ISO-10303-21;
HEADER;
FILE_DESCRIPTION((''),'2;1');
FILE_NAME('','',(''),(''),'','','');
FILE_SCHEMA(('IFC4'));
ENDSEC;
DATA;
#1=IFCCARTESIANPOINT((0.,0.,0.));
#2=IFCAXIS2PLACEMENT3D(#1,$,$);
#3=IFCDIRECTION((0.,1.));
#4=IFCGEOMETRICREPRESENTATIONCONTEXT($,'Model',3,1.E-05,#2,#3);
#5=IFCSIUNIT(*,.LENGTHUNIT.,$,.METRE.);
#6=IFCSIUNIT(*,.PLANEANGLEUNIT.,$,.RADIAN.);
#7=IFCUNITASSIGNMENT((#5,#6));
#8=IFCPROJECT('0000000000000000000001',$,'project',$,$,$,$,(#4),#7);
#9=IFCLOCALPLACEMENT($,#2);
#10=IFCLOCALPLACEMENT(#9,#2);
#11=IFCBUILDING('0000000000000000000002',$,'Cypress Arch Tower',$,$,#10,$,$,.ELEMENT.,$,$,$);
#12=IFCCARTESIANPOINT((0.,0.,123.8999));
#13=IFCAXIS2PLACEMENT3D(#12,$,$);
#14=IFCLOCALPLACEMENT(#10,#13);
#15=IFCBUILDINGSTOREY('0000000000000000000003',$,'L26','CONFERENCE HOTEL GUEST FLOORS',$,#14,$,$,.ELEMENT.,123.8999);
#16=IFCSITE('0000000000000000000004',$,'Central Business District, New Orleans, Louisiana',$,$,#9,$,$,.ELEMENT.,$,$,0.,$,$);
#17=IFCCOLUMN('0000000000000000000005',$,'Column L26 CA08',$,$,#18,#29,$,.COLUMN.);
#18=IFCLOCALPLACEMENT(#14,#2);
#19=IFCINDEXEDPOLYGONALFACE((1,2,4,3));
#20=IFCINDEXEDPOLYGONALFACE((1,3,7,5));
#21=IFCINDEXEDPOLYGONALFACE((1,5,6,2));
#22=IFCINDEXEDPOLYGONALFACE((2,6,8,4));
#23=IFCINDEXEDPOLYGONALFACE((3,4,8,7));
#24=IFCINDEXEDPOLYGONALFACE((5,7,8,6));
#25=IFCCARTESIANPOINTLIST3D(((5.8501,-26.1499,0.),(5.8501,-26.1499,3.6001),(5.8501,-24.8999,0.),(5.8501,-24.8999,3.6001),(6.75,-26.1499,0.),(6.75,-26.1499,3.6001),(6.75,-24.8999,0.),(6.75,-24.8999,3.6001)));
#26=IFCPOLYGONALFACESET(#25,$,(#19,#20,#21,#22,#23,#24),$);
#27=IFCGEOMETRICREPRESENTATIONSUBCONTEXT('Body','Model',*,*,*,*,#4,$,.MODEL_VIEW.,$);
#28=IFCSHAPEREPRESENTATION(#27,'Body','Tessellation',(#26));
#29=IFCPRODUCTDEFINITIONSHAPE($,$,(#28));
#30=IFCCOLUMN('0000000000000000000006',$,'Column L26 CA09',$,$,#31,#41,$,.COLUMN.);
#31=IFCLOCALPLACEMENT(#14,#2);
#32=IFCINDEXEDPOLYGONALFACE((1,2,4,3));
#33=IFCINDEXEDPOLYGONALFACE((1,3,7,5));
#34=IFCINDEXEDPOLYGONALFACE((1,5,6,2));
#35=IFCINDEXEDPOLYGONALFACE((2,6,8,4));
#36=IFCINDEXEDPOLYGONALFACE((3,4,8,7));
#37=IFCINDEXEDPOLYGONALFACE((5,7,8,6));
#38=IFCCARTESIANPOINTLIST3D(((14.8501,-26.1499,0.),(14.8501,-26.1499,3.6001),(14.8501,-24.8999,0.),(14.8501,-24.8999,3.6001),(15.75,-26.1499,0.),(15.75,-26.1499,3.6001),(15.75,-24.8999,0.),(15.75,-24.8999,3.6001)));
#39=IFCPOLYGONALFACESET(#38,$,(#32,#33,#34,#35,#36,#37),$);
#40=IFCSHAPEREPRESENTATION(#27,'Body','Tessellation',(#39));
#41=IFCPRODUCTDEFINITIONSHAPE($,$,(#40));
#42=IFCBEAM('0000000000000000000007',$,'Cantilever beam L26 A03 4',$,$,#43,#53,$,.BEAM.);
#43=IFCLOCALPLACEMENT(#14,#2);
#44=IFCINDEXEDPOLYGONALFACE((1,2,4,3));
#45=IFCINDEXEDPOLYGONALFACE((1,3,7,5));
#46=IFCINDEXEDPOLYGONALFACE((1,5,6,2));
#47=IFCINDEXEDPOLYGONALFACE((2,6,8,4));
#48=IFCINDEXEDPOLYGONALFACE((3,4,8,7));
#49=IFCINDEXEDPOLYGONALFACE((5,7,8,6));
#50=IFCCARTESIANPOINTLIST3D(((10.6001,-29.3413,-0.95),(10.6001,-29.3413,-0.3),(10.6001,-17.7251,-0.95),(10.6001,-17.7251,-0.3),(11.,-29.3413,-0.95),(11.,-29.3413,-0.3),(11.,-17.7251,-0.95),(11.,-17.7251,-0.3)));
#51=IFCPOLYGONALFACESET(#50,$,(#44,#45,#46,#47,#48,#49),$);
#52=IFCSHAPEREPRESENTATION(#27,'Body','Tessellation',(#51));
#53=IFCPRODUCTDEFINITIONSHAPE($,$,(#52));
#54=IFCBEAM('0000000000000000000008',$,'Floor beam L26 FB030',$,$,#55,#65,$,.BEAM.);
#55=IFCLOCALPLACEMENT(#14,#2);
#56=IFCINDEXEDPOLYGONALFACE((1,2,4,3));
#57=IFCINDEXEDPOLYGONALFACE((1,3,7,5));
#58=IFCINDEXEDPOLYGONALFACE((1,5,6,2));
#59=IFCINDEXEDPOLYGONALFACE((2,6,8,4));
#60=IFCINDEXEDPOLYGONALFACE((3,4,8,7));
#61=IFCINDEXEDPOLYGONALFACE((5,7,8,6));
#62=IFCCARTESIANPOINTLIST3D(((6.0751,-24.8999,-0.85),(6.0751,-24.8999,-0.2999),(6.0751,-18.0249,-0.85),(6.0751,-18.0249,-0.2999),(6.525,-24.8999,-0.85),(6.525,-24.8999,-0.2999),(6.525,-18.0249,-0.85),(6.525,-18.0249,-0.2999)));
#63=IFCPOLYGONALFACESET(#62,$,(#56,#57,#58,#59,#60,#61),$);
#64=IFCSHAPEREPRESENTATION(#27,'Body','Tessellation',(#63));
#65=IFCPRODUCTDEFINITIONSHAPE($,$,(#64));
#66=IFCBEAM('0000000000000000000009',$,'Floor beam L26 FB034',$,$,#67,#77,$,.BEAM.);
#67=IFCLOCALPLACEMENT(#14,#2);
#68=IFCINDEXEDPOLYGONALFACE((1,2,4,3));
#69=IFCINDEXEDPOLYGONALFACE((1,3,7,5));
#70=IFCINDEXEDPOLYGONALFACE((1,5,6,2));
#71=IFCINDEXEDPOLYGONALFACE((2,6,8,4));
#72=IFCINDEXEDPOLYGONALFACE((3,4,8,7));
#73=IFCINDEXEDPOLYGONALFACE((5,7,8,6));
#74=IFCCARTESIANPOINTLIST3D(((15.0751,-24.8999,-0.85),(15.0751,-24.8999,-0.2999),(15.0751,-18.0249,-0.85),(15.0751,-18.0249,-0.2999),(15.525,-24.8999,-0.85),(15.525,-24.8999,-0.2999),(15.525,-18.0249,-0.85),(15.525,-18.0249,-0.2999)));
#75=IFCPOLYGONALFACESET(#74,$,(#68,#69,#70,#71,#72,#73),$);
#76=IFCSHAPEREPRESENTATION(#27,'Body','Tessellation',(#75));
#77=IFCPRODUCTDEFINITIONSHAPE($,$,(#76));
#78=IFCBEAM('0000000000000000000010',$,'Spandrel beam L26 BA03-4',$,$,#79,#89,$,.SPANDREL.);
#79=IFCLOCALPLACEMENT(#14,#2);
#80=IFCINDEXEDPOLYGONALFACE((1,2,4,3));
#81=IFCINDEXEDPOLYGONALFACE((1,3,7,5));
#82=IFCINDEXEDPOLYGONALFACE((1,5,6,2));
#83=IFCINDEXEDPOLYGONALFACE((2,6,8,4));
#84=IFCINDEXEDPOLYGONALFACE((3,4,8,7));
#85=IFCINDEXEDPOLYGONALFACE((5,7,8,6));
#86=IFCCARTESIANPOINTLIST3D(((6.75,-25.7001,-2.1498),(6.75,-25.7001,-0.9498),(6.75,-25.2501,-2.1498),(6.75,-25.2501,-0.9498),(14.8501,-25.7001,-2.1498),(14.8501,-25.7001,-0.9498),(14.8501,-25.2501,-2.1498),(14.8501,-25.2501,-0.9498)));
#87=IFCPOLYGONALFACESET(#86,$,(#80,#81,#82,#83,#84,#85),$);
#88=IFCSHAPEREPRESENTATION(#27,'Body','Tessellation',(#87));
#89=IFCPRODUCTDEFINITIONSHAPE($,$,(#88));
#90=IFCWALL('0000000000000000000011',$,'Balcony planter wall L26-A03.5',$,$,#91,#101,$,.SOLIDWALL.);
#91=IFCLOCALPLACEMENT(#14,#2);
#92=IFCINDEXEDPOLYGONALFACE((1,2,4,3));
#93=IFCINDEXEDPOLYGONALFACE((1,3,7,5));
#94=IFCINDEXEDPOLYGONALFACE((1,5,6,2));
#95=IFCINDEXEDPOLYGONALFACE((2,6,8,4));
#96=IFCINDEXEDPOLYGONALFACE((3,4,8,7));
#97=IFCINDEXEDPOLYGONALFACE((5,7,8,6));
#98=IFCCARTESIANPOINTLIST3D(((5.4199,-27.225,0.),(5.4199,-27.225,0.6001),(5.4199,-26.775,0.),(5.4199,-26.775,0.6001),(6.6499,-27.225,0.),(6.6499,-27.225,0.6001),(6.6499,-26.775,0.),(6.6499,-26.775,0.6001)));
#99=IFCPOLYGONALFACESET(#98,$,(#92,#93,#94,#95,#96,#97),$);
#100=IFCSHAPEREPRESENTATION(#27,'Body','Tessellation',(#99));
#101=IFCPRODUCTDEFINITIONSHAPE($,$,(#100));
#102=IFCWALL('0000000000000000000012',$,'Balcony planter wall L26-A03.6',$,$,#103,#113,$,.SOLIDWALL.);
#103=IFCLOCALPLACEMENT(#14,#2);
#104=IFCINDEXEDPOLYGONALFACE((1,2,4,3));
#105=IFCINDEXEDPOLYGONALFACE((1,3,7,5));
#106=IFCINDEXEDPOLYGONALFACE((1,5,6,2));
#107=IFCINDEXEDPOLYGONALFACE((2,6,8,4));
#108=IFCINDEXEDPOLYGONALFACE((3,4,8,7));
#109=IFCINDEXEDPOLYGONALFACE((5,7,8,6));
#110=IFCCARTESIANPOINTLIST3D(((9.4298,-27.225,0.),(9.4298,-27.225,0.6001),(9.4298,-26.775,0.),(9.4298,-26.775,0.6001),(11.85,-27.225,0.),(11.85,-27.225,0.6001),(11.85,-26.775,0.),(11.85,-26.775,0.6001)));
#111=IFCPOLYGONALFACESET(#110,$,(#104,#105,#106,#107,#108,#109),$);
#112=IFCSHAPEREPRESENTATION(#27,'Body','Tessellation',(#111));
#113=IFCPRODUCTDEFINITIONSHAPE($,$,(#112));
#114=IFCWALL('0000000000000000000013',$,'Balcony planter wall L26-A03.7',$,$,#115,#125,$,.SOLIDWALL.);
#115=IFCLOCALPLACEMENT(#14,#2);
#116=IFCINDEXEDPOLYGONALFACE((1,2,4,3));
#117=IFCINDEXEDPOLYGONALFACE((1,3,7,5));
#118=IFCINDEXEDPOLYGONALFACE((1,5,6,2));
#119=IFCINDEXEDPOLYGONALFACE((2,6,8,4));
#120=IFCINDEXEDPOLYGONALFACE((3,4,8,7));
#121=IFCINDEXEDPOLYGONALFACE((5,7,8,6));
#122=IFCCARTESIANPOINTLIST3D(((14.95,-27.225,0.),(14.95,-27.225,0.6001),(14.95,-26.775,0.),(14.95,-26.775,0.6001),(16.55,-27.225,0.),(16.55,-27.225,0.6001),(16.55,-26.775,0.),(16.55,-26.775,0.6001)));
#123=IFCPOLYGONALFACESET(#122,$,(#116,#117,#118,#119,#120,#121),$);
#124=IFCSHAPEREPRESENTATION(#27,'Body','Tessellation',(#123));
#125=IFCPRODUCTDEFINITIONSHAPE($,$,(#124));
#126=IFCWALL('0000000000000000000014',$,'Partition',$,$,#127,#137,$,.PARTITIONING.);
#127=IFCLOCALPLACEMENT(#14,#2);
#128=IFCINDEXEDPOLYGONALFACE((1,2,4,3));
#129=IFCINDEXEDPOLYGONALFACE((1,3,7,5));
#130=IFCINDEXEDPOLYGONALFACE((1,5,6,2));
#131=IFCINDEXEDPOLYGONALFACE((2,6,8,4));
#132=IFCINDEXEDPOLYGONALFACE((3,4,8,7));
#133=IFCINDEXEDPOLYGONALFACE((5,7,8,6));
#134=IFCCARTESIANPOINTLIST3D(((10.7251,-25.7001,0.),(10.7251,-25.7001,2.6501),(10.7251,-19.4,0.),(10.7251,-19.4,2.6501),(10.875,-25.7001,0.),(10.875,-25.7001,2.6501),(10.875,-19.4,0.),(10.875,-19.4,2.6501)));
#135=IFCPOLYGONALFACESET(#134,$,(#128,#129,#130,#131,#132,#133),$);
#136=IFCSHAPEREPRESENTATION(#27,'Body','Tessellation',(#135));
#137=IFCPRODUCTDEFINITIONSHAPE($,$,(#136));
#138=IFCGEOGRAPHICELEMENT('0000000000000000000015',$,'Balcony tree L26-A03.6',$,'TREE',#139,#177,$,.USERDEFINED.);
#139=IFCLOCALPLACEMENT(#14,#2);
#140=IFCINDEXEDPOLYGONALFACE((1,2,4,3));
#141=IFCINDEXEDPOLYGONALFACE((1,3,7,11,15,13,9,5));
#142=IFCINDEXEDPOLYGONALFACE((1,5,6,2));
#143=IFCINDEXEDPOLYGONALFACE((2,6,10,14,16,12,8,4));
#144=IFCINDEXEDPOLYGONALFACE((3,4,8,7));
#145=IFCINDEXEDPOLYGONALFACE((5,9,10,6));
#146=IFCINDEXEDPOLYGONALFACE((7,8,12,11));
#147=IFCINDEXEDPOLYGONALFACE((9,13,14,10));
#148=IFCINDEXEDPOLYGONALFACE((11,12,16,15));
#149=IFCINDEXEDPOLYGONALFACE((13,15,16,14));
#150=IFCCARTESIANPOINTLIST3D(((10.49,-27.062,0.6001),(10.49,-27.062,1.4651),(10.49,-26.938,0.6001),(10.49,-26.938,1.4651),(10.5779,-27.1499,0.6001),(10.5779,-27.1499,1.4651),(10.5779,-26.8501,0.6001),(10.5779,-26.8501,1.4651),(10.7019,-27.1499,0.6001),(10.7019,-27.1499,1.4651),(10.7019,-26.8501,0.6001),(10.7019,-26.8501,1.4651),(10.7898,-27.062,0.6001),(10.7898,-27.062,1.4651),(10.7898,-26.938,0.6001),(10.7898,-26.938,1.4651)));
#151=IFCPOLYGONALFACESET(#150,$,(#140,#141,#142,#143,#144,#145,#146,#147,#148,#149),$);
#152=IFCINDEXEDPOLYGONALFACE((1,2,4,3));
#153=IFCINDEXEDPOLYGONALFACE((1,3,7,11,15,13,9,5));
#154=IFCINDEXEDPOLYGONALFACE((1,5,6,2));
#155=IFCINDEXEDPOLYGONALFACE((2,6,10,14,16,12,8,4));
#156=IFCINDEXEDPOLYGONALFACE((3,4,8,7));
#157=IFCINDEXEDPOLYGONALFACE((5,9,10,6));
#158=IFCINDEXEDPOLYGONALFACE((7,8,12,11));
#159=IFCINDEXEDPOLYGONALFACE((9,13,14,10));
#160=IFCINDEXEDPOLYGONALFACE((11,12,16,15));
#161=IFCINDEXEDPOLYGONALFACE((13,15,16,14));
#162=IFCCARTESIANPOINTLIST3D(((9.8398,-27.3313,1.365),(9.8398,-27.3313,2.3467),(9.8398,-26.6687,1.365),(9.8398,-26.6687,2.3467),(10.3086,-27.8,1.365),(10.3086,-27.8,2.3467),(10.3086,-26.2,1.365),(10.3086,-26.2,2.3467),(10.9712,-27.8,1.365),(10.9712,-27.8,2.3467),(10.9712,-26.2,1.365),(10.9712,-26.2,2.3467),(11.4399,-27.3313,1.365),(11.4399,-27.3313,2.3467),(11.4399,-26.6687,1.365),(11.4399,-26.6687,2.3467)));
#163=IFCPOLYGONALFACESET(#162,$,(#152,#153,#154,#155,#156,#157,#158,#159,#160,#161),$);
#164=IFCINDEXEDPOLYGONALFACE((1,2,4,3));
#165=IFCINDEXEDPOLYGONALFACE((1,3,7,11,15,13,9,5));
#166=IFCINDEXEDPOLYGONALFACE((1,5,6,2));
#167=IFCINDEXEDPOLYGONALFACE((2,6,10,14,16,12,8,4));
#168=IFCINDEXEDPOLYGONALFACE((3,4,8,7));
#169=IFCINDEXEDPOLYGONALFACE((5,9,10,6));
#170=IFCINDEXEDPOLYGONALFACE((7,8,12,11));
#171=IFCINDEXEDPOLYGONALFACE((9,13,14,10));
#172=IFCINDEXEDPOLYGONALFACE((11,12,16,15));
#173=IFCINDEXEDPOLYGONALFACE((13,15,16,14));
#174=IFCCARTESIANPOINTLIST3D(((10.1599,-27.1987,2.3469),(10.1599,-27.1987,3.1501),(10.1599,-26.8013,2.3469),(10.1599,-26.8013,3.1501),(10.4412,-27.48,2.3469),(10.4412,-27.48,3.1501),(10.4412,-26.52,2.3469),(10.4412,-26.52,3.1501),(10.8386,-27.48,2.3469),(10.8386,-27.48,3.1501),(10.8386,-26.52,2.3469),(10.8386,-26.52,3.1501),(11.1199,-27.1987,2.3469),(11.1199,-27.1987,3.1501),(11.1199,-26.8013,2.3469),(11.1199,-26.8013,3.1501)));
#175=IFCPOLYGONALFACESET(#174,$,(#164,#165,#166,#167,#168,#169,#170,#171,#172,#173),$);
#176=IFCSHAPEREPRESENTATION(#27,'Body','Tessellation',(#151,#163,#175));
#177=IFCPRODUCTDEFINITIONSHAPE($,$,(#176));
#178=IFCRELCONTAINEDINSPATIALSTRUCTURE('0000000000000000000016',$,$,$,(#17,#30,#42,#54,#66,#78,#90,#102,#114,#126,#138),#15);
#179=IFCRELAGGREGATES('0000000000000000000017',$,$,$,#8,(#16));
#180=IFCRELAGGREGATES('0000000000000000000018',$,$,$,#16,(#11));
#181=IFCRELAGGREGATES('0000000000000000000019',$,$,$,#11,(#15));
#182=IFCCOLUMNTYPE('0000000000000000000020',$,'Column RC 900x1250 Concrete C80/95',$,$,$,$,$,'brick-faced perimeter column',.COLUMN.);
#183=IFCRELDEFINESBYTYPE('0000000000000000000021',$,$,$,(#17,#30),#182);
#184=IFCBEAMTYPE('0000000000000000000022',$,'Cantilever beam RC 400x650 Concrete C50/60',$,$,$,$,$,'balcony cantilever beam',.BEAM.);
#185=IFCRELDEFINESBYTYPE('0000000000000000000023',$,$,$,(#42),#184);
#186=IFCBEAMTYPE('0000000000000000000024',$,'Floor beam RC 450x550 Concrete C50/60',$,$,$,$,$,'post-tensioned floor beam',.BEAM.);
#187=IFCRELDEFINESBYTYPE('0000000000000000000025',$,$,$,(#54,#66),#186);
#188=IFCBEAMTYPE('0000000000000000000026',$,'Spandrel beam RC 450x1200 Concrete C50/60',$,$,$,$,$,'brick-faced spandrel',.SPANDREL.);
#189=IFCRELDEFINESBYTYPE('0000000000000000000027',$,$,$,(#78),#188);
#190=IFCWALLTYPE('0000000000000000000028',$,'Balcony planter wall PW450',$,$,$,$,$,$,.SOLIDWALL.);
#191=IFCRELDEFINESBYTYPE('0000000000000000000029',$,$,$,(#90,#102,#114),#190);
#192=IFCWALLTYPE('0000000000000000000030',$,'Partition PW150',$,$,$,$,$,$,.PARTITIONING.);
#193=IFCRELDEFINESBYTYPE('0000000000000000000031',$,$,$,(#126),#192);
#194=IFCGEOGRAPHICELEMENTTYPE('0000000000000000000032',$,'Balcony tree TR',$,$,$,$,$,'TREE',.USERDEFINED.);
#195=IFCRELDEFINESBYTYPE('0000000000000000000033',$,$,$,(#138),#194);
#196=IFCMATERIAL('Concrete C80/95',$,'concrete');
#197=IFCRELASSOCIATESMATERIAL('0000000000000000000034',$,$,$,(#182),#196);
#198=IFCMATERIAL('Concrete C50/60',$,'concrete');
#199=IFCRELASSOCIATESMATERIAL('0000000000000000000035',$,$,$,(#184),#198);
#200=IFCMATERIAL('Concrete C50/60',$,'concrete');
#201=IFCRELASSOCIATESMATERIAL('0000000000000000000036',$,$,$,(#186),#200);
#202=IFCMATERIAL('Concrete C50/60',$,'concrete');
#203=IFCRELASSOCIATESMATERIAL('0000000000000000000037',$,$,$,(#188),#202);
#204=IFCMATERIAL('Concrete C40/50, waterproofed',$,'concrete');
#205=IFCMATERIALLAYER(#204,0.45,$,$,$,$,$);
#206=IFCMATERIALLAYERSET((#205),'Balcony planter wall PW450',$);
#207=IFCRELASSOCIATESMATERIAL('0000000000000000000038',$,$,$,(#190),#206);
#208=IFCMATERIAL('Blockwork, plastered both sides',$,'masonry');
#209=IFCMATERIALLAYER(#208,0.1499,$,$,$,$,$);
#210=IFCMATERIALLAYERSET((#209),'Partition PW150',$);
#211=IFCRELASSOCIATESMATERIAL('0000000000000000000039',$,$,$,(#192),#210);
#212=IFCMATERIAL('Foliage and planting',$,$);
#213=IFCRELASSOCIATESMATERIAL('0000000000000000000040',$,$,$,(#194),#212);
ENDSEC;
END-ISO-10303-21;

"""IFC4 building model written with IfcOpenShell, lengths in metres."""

from ifc_helpers import new_model, si_unit, direction, frame, frame_2d, origin, origin_2d, place, context, subcontext, project, spatial, polyline, rectangle, outline, extrude, material, layer, layer_set, material_profile, profile_set, type_object, element, save


model = new_model("IFC4")

# Units and contexts
model_context = context("Model", 3, precision=1e-05, world=origin(), true_north=direction((0.0, 1.0)))
body_context = subcontext(model_context, "Body", "Model", "MODEL_VIEW")
ifc_project = project(units=[si_unit("LENGTHUNIT", "METRE"), si_unit("PLANEANGLEUNIT", "RADIAN")], contexts=[model_context])

# Site, building, storey
site_placement = place(None, origin())
site = spatial("IfcSite", under=ifc_project, at=site_placement, Name="Central Business District, New Orleans, Louisiana", CompositionType="ELEMENT", RefElevation=0.0)
building_placement = place(site_placement, origin())
building = spatial("IfcBuilding", under=site, at=building_placement, Name="Cypress Arch Tower", CompositionType="ELEMENT")
storey_placement = place(building_placement, frame((0.0, 0.0, 123.8999)))
storey = spatial("IfcBuildingStorey", under=building, at=storey_placement, Name="L26", Description="CONFERENCE HOTEL GUEST FLOORS", CompositionType="ELEMENT", Elevation=123.8999)

# Columns
ifc_material_1 = material(Name="Concrete C80/95", Category="concrete")
ifc_material_profile_1 = material_profile(ifc_material_1, rectangle(XDim=0.8999, YDim=1.25, at=origin_2d()), Name="RC 900x1250")
ifc_profile_set_1 = profile_set([ifc_material_profile_1], Name="Concrete C80/95")
column_type = type_object("IfcColumnType", Name="Column RC 900x1250 Concrete C80/95", ElementType="brick-faced perimeter column", PredefinedType="COLUMN", material=ifc_profile_set_1)
for number, where, z_axis, x_axis, name in (
    (1, (6.3, -25.5249, 0.0), (0.0, 0.0, 1.0), (1.0, 0.0, 0.0), "Column L26 CA08"),
    (2, (15.3, -25.5249, 0.0), (0.0, 0.0, 1.0), (1.0, 0.0, 0.0), "Column L26 CA09"),
):
    element("IfcColumn", number, at=place(storey_placement, frame(where, z_axis=z_axis, x_axis=x_axis)), inside=storey, type_object=column_type, Name=name, PredefinedType="COLUMN", context=body_context, shape_type="SweptSolid", body=[
        extrude(rectangle(XDim=0.8999, YDim=1.25, at=origin_2d()), origin(), (0.0, 0.0, 1.0), 3.6001),
    ])

# Beams
ifc_material_2 = material(Name="Concrete C50/60", Category="concrete")
ifc_material_profile_2 = material_profile(ifc_material_2, rectangle(XDim=0.3999, YDim=0.6499, at=origin_2d()), Name="RC 400x650")
ifc_profile_set_2 = profile_set([ifc_material_profile_2], Name="Concrete C50/60")
beam_type_1 = type_object("IfcBeamType", Name="Cantilever beam RC 400x650 Concrete C50/60", ElementType="balcony cantilever beam", PredefinedType="BEAM", material=ifc_profile_set_2)
beam_1_placement = place(storey_placement, frame((10.8, -17.7251, -0.625), z_axis=(0.0, -1.0, 0.0), x_axis=(1.0, 0.0, 0.0)))
element("IfcBeam", 3, at=beam_1_placement, inside=storey, type_object=beam_type_1, Name="Cantilever beam L26 A03 4", PredefinedType="BEAM", context=body_context, shape_type="SweptSolid", body=[
    extrude(rectangle(XDim=0.3999, YDim=0.6499, at=origin_2d()), origin(), (0.0, 0.0, 1.0), 11.6162),
])
ifc_material_3 = material(Name="Concrete C50/60", Category="concrete")
ifc_material_profile_3 = material_profile(ifc_material_3, rectangle(XDim=0.45, YDim=0.55, at=origin_2d()), Name="RC 450x550")
ifc_profile_set_3 = profile_set([ifc_material_profile_3], Name="Concrete C50/60")
beam_type_2 = type_object("IfcBeamType", Name="Floor beam RC 450x550 Concrete C50/60", ElementType="post-tensioned floor beam", PredefinedType="BEAM", material=ifc_profile_set_3)
for number, where, z_axis, x_axis, name in (
    (4, (6.3, -24.8999, -0.575), (0.0, 1.0, 0.0), (-1.0, 0.0, 0.0), "Floor beam L26 FB030"),
    (5, (15.3, -24.8999, -0.575), (0.0, 1.0, 0.0), (-1.0, 0.0, 0.0), "Floor beam L26 FB034"),
):
    element("IfcBeam", number, at=place(storey_placement, frame(where, z_axis=z_axis, x_axis=x_axis)), inside=storey, type_object=beam_type_2, Name=name, PredefinedType="BEAM", context=body_context, shape_type="SweptSolid", body=[
        extrude(rectangle(XDim=0.45, YDim=0.55, at=origin_2d()), origin(), (0.0, 0.0, 1.0), 6.875),
    ])
ifc_material_4 = material(Name="Concrete C50/60", Category="concrete")
ifc_material_profile_4 = material_profile(ifc_material_4, rectangle(XDim=0.45, YDim=1.2, at=origin_2d()), Name="RC 450x1200")
ifc_profile_set_4 = profile_set([ifc_material_profile_4], Name="Concrete C50/60")
beam_type_3 = type_object("IfcBeamType", Name="Spandrel beam RC 450x1200 Concrete C50/60", ElementType="brick-faced spandrel", PredefinedType="SPANDREL", material=ifc_profile_set_4)
beam_2_placement = place(storey_placement, frame((6.75, -25.4751, -1.5498), z_axis=(1.0, 0.0, 0.0), x_axis=(0.0, 1.0, 0.0)))
element("IfcBeam", 6, at=beam_2_placement, inside=storey, type_object=beam_type_3, Name="Spandrel beam L26 BA03-4", PredefinedType="SPANDREL", context=body_context, shape_type="SweptSolid", body=[
    extrude(rectangle(XDim=0.45, YDim=1.2, at=origin_2d()), origin(), (0.0, 0.0, 1.0), 8.1001),
])

# Walls
ifc_material_5 = material(Name="Concrete C40/50, waterproofed", Category="concrete")
ifc_layer_1 = layer(ifc_material_5, 0.45)
ifc_layer_set_1 = layer_set([ifc_layer_1], Name="Balcony planter wall PW450")
wall_type_1 = type_object("IfcWallType", Name="Balcony planter wall PW450", PredefinedType="SOLIDWALL", material=ifc_layer_set_1)
wall_1_placement = place(storey_placement, frame((5.4199, -27.0, 0.0), z_axis=(0.0, 0.0, 1.0), x_axis=(1.0, 0.0, 0.0)))
element("IfcWall", 7, at=wall_1_placement, inside=storey, type_object=wall_type_1, Name="Balcony planter wall L26-A03.5", PredefinedType="SOLIDWALL", context=body_context, shape_type="SweptSolid", body=[
    extrude(rectangle(XDim=1.23, YDim=0.45, at=frame_2d((0.615, 0.0))), origin(), (0.0, 0.0, 1.0), 0.6001),
])
wall_2_placement = place(storey_placement, frame((9.4299, -27.0, 0.0), z_axis=(0.0, 0.0, 1.0), x_axis=(1.0, 0.0, 0.0)))
element("IfcWall", 8, at=wall_2_placement, inside=storey, type_object=wall_type_1, Name="Balcony planter wall L26-A03.6", PredefinedType="SOLIDWALL", context=body_context, shape_type="SweptSolid", body=[
    extrude(rectangle(XDim=2.4202, YDim=0.45, at=frame_2d((1.21, 0.0))), origin(), (0.0, 0.0, 1.0), 0.6001),
])
wall_3_placement = place(storey_placement, frame((14.95, -27.0, 0.0), z_axis=(0.0, 0.0, 1.0), x_axis=(1.0, 0.0, 0.0)))
element("IfcWall", 9, at=wall_3_placement, inside=storey, type_object=wall_type_1, Name="Balcony planter wall L26-A03.7", PredefinedType="SOLIDWALL", context=body_context, shape_type="SweptSolid", body=[
    extrude(rectangle(XDim=1.6001, YDim=0.45, at=frame_2d((0.8, 0.0))), origin(), (0.0, 0.0, 1.0), 0.6001),
])

# Wall
ifc_material_6 = material(Name="Blockwork, plastered both sides", Category="masonry")
ifc_layer_2 = layer(ifc_material_6, 0.1499)
ifc_layer_set_2 = layer_set([ifc_layer_2], Name="Partition PW150")
wall_type_2 = type_object("IfcWallType", Name="Partition PW150", PredefinedType="PARTITIONING", material=ifc_layer_set_2)
wall_4_placement = place(storey_placement, frame((10.8, -25.7, 0.0), z_axis=(0.0, 0.0, 1.0), x_axis=(0.0, 1.0, 0.0)))
element("IfcWall", 10, at=wall_4_placement, inside=storey, type_object=wall_type_2, Name="Partition", PredefinedType="PARTITIONING", context=body_context, shape_type="SweptSolid", body=[
    extrude(rectangle(XDim=6.3, YDim=0.1499, at=frame_2d((3.1499, 0.0))), origin(), (0.0, 0.0, 1.0), 2.6501),
])

# Geographic element
ifc_material_7 = material(Name="Foliage and planting")
geographic_element_type = type_object("IfcGeographicElementType", Name="Balcony tree TR", ElementType="TREE", PredefinedType="USERDEFINED", material=ifc_material_7)
geographic_element_placement = place(storey_placement, frame((10.6399, -27.0, 0.6001), z_axis=(0.0, 0.0, 1.0), x_axis=(1.0, 0.0, 0.0)))
element("IfcGeographicElement", 11, at=geographic_element_placement, inside=storey, type_object=geographic_element_type, Name="Balcony tree L26-A03.6", ObjectType="TREE", PredefinedType="USERDEFINED", context=body_context, shape_type="SweptSolid", body=[
    extrude(outline(polyline([(0.1499, 0.062), (0.062, 0.1499), (-0.062, 0.1499), (-0.1499, 0.062), (-0.1499, -0.062), (-0.062, -0.1499), (0.062, -0.1499), (0.1499, -0.062), (0.1499, 0.062)])), origin(), (0.0, 0.0, 1.0), 0.865),
    extrude(outline(polyline([(0.8, 0.3313), (0.3313, 0.8), (-0.3313, 0.8), (-0.8, 0.3313), (-0.8, -0.3313), (-0.3313, -0.8), (0.3313, -0.8), (0.8, -0.3313), (0.8, 0.3313)])), frame((0.0, 0.0, 0.7649)), (0.0, 0.0, 1.0), 0.9817),
    extrude(outline(polyline([(0.48, 0.1987), (0.1987, 0.48), (-0.1987, 0.48), (-0.48, 0.1987), (-0.48, -0.1987), (-0.1987, -0.48), (0.1987, -0.48), (0.48, -0.1987), (0.48, 0.1987)])), frame((0.0, 0.0, 1.7468)), (0.0, 0.0, 1.0), 0.8032),
])

save(model, "model.ifc")
